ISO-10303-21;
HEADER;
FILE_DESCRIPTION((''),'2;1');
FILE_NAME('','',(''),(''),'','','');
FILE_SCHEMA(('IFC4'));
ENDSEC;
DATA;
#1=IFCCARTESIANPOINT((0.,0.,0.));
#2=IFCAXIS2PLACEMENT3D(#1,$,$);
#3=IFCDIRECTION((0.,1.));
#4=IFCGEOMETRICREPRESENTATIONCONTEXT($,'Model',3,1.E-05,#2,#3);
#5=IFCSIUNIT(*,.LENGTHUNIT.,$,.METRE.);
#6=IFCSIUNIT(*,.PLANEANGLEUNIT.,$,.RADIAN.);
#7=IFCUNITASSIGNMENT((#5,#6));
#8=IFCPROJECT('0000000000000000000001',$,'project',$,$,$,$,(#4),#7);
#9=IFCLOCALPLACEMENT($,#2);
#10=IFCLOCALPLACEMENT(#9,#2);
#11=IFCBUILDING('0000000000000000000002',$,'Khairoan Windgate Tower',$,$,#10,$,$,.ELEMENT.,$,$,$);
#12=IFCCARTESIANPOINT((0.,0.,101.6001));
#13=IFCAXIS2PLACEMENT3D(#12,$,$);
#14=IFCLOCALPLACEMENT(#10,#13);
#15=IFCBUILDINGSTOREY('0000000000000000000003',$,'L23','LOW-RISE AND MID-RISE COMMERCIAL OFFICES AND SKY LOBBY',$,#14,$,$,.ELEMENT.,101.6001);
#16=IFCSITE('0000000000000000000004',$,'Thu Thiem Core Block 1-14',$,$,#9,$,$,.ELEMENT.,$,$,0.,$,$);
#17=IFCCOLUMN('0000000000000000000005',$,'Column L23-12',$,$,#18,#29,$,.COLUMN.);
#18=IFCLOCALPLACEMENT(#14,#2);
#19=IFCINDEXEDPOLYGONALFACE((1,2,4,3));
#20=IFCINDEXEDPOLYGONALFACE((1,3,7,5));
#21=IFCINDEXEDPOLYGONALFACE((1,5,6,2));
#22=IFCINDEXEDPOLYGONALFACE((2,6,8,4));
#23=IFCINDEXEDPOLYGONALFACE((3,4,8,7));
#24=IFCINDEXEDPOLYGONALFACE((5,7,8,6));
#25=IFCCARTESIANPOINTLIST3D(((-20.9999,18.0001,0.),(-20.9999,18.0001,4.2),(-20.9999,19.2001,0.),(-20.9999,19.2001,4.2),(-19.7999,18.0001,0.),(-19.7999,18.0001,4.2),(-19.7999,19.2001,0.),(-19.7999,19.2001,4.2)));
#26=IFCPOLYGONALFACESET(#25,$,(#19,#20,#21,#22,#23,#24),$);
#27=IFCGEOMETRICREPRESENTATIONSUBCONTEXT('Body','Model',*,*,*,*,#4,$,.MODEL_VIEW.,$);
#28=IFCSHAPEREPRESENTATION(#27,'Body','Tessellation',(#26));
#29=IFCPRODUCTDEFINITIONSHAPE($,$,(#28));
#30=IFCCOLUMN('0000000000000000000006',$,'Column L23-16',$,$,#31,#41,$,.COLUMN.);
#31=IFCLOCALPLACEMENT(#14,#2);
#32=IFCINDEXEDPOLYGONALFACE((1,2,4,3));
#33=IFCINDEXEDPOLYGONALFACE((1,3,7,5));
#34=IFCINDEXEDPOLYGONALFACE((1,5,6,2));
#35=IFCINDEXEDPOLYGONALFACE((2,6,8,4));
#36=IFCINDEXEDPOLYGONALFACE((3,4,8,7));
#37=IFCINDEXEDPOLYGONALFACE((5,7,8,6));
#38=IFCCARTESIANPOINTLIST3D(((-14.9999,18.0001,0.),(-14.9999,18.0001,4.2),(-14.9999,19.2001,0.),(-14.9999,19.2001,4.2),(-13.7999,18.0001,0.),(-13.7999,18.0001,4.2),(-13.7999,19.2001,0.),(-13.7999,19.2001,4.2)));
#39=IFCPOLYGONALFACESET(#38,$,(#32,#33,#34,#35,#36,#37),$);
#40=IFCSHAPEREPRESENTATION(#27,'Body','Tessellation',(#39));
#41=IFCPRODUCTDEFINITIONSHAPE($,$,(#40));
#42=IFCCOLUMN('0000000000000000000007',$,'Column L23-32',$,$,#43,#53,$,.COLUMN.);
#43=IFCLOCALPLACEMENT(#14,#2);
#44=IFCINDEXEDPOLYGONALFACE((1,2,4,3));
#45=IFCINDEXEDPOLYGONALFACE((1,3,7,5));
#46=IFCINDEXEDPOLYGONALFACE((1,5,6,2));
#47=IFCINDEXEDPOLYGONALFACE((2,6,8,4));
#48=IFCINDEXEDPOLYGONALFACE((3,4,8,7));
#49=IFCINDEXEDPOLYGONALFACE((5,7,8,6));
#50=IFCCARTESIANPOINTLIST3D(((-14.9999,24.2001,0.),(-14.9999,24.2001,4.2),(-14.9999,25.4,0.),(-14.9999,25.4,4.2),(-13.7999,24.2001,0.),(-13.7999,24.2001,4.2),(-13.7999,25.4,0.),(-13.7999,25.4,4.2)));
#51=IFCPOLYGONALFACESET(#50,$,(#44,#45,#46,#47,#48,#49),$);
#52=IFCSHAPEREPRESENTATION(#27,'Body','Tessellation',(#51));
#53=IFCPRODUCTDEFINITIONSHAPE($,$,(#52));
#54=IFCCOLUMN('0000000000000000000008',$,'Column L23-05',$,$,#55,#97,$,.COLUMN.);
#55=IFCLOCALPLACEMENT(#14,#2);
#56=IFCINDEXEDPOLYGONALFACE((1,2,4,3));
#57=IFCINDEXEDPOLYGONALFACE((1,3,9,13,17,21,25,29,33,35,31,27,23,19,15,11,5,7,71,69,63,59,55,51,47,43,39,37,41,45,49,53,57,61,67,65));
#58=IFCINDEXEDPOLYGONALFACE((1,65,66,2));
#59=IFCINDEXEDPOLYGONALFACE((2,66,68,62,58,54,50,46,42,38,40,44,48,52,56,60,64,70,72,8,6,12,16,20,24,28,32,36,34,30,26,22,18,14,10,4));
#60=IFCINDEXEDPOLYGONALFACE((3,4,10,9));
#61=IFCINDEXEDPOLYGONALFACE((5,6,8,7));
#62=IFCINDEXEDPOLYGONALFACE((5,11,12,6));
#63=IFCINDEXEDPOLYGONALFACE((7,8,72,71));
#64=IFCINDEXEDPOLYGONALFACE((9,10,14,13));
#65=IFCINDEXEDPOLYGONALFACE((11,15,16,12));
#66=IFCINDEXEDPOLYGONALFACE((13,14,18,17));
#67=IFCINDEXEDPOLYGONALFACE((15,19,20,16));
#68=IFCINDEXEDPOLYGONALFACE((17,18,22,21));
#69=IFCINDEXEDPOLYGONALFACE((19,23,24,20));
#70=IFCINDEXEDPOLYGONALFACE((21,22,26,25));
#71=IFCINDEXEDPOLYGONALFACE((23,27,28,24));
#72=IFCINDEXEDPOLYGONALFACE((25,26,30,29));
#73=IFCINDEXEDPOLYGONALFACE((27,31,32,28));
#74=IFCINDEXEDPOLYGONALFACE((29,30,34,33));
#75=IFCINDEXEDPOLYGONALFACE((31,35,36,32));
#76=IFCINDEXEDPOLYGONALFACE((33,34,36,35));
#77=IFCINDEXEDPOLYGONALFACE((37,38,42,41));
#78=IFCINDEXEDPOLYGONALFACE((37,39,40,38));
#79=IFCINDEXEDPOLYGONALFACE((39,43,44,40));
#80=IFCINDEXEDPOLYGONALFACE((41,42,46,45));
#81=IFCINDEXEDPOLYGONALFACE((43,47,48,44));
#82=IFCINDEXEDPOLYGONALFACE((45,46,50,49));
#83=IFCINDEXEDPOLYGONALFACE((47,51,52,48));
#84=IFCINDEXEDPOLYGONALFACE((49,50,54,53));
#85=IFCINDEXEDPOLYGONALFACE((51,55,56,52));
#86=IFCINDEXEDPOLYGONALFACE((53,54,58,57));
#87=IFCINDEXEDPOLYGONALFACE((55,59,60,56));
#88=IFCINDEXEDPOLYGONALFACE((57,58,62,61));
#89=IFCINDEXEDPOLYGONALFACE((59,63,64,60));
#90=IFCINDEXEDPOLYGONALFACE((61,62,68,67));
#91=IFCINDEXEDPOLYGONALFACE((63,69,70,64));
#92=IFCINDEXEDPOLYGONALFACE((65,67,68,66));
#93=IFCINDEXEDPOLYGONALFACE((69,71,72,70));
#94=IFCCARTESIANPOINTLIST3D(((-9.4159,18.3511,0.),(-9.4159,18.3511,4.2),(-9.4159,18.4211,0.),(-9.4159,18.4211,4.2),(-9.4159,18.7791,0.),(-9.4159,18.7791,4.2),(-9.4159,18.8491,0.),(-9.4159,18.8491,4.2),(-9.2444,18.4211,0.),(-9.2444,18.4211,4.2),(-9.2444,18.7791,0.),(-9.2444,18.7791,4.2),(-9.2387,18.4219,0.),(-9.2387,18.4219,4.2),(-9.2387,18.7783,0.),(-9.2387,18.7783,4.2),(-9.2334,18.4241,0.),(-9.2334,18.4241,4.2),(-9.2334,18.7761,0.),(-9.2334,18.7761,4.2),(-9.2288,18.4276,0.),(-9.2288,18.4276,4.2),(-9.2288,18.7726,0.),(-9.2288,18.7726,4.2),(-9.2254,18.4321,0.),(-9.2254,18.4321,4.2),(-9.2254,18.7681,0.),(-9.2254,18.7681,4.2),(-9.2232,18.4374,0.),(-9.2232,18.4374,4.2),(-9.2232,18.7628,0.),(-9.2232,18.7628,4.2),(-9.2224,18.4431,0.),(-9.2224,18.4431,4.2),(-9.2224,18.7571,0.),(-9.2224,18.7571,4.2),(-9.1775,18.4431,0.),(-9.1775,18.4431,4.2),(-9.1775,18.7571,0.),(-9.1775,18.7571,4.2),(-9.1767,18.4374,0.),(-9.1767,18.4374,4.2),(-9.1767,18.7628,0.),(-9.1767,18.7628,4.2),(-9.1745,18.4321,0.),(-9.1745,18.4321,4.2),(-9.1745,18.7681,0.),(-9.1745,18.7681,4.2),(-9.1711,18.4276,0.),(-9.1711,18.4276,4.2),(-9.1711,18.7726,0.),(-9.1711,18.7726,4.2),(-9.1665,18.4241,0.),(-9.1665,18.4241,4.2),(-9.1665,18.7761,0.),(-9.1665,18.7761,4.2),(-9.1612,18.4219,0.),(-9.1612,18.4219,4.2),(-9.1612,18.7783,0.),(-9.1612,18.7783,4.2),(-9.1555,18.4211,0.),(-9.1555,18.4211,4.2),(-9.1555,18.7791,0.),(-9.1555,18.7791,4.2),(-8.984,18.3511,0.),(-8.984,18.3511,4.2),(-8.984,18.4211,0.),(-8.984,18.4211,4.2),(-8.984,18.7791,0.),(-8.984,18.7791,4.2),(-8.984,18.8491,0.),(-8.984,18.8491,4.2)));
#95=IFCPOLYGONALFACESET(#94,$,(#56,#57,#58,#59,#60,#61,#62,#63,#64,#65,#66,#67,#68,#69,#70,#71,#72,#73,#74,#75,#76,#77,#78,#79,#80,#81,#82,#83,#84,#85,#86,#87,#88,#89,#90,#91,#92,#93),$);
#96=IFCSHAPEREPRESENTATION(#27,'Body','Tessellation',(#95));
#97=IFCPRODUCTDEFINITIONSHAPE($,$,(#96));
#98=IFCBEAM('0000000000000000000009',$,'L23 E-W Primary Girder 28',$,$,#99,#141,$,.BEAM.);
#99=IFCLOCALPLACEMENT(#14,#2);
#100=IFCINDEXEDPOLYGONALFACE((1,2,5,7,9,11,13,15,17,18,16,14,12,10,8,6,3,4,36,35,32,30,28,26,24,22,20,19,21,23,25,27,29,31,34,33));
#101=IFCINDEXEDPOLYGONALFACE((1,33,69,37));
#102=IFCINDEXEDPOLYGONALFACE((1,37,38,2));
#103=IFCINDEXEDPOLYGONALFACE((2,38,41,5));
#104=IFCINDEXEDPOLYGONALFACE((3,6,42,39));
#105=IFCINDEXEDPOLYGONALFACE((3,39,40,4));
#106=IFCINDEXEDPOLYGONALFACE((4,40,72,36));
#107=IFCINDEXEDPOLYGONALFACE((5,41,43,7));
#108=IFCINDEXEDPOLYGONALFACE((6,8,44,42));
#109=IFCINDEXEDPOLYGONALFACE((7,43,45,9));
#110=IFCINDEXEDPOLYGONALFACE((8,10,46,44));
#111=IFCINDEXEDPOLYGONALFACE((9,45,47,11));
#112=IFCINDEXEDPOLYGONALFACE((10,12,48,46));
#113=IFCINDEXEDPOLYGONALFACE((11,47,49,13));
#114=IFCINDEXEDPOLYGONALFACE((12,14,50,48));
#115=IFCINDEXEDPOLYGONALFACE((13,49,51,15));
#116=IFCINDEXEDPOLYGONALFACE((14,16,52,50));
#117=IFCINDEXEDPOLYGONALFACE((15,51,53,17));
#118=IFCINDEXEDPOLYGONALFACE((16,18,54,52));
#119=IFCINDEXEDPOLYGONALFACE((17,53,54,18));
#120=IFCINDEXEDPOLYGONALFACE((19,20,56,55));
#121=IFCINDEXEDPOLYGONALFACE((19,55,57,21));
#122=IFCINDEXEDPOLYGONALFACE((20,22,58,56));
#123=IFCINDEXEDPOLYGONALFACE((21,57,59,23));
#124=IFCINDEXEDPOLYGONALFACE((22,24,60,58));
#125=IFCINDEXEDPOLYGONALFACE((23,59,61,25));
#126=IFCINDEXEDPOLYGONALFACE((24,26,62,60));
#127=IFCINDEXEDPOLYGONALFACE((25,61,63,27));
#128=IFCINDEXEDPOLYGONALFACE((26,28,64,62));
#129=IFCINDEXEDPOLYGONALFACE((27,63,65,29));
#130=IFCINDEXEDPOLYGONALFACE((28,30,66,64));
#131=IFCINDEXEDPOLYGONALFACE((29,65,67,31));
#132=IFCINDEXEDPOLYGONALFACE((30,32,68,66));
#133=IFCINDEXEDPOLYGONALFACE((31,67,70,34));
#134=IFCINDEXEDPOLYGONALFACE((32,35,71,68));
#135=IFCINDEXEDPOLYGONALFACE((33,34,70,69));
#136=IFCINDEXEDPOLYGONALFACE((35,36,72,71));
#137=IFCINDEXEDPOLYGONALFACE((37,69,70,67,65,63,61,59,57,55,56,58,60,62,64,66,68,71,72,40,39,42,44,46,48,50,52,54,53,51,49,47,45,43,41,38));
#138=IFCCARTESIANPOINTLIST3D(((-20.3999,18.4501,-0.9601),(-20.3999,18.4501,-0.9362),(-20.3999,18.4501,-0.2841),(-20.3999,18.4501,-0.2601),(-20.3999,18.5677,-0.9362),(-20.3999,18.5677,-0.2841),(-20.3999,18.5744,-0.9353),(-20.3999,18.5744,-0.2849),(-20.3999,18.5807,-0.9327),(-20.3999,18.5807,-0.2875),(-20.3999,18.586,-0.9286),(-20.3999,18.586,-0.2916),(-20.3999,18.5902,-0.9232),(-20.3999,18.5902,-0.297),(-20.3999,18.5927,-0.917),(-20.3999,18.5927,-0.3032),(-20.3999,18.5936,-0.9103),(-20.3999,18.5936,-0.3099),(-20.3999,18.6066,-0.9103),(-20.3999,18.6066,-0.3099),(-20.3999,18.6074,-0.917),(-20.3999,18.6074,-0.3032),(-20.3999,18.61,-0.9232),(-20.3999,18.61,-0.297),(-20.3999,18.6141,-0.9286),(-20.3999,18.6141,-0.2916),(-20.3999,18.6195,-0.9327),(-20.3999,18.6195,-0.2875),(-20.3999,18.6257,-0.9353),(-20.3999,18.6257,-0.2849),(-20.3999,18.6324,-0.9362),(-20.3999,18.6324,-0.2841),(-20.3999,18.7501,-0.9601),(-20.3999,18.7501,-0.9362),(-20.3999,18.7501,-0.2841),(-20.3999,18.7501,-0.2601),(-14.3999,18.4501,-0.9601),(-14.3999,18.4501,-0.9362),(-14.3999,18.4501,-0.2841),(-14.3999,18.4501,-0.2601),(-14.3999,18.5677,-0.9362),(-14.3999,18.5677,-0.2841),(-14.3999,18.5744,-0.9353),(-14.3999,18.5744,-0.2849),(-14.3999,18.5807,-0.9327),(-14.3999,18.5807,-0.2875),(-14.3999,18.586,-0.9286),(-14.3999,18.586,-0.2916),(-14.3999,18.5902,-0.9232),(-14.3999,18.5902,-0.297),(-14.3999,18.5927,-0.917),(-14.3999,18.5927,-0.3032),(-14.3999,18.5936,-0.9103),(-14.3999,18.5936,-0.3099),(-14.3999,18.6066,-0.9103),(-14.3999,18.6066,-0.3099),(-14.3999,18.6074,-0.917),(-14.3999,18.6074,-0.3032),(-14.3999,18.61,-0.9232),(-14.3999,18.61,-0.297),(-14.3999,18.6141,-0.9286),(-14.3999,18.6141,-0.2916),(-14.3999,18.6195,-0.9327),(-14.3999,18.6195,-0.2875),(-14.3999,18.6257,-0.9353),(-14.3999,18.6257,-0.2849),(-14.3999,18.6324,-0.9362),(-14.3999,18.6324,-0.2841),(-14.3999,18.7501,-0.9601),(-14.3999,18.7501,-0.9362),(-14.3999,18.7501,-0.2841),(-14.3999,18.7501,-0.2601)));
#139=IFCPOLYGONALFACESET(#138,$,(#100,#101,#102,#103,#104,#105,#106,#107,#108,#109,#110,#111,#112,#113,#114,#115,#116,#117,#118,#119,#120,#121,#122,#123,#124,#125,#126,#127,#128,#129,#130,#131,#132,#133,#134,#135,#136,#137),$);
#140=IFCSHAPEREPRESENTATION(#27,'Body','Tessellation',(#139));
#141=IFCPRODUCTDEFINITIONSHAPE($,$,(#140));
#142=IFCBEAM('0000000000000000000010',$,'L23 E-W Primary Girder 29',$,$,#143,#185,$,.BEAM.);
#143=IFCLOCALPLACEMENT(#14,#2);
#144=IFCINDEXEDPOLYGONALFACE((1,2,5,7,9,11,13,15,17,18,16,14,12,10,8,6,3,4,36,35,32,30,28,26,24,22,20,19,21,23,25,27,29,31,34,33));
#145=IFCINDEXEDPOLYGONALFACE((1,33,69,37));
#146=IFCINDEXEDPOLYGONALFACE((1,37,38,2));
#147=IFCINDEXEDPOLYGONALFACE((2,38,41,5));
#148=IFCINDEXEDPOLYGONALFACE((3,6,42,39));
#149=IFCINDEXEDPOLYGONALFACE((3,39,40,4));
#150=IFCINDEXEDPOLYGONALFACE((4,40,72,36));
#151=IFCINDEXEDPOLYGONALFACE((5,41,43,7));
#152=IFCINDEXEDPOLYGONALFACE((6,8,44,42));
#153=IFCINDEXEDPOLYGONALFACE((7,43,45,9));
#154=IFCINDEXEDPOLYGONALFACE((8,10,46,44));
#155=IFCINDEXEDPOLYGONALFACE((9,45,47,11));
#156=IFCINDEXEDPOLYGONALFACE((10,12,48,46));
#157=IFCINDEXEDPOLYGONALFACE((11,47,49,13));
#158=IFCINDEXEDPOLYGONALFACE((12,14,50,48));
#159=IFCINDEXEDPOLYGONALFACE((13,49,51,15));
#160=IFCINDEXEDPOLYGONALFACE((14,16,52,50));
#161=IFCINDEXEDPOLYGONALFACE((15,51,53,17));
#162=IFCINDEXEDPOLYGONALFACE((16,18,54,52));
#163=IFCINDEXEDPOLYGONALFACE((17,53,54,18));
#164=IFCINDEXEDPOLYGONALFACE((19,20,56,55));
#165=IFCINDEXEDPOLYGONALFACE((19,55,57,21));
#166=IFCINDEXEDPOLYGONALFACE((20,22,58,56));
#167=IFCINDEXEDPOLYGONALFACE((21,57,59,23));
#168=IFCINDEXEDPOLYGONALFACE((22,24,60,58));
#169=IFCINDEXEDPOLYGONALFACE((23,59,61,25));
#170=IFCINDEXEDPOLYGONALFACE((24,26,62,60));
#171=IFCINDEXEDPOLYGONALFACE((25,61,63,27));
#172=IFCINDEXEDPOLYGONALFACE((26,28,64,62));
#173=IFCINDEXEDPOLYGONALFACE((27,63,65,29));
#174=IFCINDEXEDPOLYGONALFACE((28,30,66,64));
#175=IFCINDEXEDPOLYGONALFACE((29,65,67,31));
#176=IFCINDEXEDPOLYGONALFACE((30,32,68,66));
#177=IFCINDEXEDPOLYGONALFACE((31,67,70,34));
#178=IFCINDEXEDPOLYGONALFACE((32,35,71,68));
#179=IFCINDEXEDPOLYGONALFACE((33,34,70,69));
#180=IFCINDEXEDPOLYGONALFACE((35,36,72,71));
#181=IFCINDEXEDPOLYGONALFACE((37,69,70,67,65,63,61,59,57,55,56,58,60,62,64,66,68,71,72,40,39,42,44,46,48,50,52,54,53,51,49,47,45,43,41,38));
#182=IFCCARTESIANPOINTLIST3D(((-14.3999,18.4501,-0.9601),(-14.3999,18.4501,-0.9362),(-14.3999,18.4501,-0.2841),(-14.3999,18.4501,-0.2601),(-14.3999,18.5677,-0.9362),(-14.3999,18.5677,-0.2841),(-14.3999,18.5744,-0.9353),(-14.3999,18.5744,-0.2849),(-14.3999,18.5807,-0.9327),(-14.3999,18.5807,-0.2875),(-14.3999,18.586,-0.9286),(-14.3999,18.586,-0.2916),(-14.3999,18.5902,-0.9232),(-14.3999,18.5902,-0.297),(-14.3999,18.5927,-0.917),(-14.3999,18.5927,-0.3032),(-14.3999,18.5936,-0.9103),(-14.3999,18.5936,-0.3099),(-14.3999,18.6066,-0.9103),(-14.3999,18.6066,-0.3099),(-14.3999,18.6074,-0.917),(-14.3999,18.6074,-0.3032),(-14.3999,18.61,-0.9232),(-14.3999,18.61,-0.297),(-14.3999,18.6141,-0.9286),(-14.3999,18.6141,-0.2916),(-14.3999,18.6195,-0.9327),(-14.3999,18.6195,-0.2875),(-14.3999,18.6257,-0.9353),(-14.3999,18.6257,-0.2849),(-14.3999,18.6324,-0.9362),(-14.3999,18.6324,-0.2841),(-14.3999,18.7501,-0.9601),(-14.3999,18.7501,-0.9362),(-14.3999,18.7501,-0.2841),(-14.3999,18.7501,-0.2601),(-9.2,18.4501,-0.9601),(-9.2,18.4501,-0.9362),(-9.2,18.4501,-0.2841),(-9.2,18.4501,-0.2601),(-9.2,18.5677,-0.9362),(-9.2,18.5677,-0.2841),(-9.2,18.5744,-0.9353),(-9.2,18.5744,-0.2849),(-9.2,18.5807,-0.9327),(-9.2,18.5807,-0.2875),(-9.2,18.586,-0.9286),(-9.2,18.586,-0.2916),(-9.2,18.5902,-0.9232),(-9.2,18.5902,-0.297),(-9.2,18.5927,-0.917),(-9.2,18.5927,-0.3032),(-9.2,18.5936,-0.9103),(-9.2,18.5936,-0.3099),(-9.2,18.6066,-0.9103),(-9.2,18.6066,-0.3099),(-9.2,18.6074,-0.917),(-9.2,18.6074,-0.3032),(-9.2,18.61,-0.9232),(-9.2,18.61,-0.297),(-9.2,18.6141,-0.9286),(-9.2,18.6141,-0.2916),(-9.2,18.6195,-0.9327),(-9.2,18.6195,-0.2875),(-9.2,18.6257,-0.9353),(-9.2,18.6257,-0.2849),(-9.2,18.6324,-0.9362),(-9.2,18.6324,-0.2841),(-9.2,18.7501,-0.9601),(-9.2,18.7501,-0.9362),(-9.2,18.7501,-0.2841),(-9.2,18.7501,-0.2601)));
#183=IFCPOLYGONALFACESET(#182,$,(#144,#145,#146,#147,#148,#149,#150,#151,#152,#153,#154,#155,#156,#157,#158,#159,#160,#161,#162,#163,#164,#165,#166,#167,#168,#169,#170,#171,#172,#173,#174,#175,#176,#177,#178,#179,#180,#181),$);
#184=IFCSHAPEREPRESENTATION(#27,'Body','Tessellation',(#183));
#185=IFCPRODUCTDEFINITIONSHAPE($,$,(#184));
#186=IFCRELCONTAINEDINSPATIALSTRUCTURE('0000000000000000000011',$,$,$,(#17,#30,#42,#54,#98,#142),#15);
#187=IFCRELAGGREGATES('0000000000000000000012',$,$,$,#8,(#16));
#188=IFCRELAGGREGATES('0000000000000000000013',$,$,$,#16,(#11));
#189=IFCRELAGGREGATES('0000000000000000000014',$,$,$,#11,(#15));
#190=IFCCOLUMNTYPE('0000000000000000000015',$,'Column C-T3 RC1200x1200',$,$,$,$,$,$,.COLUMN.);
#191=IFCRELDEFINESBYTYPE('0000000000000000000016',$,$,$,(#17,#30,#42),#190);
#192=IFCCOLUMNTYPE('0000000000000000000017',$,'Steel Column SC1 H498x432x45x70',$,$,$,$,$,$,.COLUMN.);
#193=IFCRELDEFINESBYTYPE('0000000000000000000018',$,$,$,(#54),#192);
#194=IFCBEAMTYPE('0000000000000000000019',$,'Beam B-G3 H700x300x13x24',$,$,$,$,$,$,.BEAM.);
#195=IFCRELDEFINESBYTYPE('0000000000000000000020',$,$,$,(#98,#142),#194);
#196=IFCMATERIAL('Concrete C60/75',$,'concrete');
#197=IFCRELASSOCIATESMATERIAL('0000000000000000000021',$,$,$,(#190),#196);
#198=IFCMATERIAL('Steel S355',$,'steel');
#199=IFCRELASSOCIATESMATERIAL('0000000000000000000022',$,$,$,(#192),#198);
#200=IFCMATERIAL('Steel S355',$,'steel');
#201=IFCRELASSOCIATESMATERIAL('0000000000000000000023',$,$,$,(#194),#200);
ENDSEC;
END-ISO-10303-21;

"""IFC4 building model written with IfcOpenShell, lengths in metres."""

from ifc_helpers import new_model, si_unit, direction, frame, origin, origin_2d, place, context, subcontext, project, spatial, rectangle, i_section, extrude, material, material_profile, profile_set, type_object, element, save


model = new_model("IFC4")

# Units and contexts
model_context = context("Model", 3, precision=1e-05, world=origin(), true_north=direction((0.0, 1.0)))
body_context = subcontext(model_context, "Body", "Model", "MODEL_VIEW")
ifc_project = project(units=[si_unit("LENGTHUNIT", "METRE"), si_unit("PLANEANGLEUNIT", "RADIAN")], contexts=[model_context])

# Site, building, storey
site_placement = place(None, origin())
site = spatial("IfcSite", under=ifc_project, at=site_placement, Name="Thu Thiem Core Block 1-14", CompositionType="ELEMENT", RefElevation=0.0)
building_placement = place(site_placement, origin())
building = spatial("IfcBuilding", under=site, at=building_placement, Name="Khairoan Windgate Tower", CompositionType="ELEMENT")
storey_placement = place(building_placement, frame((0.0, 0.0, 101.6001)))
storey = spatial("IfcBuildingStorey", under=building, at=storey_placement, Name="L23", Description="LOW-RISE AND MID-RISE COMMERCIAL OFFICES AND SKY LOBBY", CompositionType="ELEMENT", Elevation=101.6001)

# Columns
ifc_material_1 = material(Name="Concrete C60/75", Category="concrete")
ifc_material_profile_1 = material_profile(ifc_material_1, rectangle(XDim=1.2, YDim=1.2, at=origin_2d()))
ifc_profile_set_1 = profile_set([ifc_material_profile_1], Name="Concrete C60/75")
column_type_1 = type_object("IfcColumnType", Name="Column C-T3 RC1200x1200", PredefinedType="COLUMN", material=ifc_profile_set_1)
for number, where, z_axis, x_axis, name in (
    (1, (-20.3999, 18.6001, 0.0), (0.0, 0.0, 1.0), (1.0, 0.0, 0.0), "Column L23-12"),
    (2, (-14.3999, 18.6001, 0.0), (0.0, 0.0, 1.0), (1.0, 0.0, 0.0), "Column L23-16"),
    (3, (-14.3999, 24.8, 0.0), (0.0, 0.0, 1.0), (1.0, 0.0, 0.0), "Column L23-32"),
):
    element("IfcColumn", number, at=place(storey_placement, frame(where, z_axis=z_axis, x_axis=x_axis)), inside=storey, type_object=column_type_1, Name=name, PredefinedType="COLUMN", context=body_context, shape_type="SweptSolid", body=[
        extrude(rectangle(XDim=1.2, YDim=1.2, at=origin_2d()), origin(), (0.0, 0.0, 1.0), 4.2),
    ])
ifc_material_2 = material(Name="Steel S355", Category="steel")
ifc_material_profile_2 = material_profile(ifc_material_2, i_section(OverallWidth=0.4319, OverallDepth=0.498, WebThickness=0.0449, FlangeThickness=0.0701, FilletRadius=0.022, at=origin_2d()))
ifc_profile_set_2 = profile_set([ifc_material_profile_2], Name="Steel S355")
column_type_2 = type_object("IfcColumnType", Name="Steel Column SC1 H498x432x45x70", PredefinedType="COLUMN", material=ifc_profile_set_2)
column_placement = place(storey_placement, frame((-9.2, 18.6001, 0.0), z_axis=(0.0, 0.0, 1.0), x_axis=(1.0, 0.0, 0.0)))
element("IfcColumn", 4, at=column_placement, inside=storey, type_object=column_type_2, Name="Column L23-05", PredefinedType="COLUMN", context=body_context, shape_type="SweptSolid", body=[
    extrude(i_section(OverallWidth=0.4319, OverallDepth=0.498, WebThickness=0.0449, FlangeThickness=0.0701, FilletRadius=0.022, at=origin_2d()), origin(), (0.0, 0.0, 1.0), 4.2),
])

# Beams
ifc_material_3 = material(Name="Steel S355", Category="steel")
ifc_material_profile_3 = material_profile(ifc_material_3, i_section(OverallWidth=0.3, OverallDepth=0.7, WebThickness=0.0129, FlangeThickness=0.0239, FilletRadius=0.0259, at=origin_2d()))
ifc_profile_set_3 = profile_set([ifc_material_profile_3], Name="Steel S355")
beam_type_1 = type_object("IfcBeamType", Name="Beam B-G3 H700x300x13x24", PredefinedType="BEAM", material=ifc_profile_set_3)
beam_1_placement = place(storey_placement, frame((-20.3999, 18.6001, -0.6101), z_axis=(1.0, 0.0, 0.0), x_axis=(0.0, 1.0, 0.0)))
element("IfcBeam", 5, at=beam_1_placement, inside=storey, type_object=beam_type_1, Name="L23 E-W Primary Girder 28", PredefinedType="BEAM", context=body_context, shape_type="SweptSolid", body=[
    extrude(i_section(OverallWidth=0.3, OverallDepth=0.7, WebThickness=0.0129, FlangeThickness=0.0239, FilletRadius=0.0259, at=origin_2d()), origin(), (0.0, 0.0, 1.0), 6.0),
])
beam_2_placement = place(storey_placement, frame((-14.3999, 18.6001, -0.6101), z_axis=(1.0, 0.0, 0.0), x_axis=(0.0, 1.0, 0.0)))
element("IfcBeam", 6, at=beam_2_placement, inside=storey, type_object=beam_type_1, Name="L23 E-W Primary Girder 29", PredefinedType="BEAM", context=body_context, shape_type="SweptSolid", body=[
    extrude(i_section(OverallWidth=0.3, OverallDepth=0.7, WebThickness=0.0129, FlangeThickness=0.0239, FilletRadius=0.0259, at=origin_2d()), origin(), (0.0, 0.0, 1.0), 5.2),
])

save(model, "model.ifc")
